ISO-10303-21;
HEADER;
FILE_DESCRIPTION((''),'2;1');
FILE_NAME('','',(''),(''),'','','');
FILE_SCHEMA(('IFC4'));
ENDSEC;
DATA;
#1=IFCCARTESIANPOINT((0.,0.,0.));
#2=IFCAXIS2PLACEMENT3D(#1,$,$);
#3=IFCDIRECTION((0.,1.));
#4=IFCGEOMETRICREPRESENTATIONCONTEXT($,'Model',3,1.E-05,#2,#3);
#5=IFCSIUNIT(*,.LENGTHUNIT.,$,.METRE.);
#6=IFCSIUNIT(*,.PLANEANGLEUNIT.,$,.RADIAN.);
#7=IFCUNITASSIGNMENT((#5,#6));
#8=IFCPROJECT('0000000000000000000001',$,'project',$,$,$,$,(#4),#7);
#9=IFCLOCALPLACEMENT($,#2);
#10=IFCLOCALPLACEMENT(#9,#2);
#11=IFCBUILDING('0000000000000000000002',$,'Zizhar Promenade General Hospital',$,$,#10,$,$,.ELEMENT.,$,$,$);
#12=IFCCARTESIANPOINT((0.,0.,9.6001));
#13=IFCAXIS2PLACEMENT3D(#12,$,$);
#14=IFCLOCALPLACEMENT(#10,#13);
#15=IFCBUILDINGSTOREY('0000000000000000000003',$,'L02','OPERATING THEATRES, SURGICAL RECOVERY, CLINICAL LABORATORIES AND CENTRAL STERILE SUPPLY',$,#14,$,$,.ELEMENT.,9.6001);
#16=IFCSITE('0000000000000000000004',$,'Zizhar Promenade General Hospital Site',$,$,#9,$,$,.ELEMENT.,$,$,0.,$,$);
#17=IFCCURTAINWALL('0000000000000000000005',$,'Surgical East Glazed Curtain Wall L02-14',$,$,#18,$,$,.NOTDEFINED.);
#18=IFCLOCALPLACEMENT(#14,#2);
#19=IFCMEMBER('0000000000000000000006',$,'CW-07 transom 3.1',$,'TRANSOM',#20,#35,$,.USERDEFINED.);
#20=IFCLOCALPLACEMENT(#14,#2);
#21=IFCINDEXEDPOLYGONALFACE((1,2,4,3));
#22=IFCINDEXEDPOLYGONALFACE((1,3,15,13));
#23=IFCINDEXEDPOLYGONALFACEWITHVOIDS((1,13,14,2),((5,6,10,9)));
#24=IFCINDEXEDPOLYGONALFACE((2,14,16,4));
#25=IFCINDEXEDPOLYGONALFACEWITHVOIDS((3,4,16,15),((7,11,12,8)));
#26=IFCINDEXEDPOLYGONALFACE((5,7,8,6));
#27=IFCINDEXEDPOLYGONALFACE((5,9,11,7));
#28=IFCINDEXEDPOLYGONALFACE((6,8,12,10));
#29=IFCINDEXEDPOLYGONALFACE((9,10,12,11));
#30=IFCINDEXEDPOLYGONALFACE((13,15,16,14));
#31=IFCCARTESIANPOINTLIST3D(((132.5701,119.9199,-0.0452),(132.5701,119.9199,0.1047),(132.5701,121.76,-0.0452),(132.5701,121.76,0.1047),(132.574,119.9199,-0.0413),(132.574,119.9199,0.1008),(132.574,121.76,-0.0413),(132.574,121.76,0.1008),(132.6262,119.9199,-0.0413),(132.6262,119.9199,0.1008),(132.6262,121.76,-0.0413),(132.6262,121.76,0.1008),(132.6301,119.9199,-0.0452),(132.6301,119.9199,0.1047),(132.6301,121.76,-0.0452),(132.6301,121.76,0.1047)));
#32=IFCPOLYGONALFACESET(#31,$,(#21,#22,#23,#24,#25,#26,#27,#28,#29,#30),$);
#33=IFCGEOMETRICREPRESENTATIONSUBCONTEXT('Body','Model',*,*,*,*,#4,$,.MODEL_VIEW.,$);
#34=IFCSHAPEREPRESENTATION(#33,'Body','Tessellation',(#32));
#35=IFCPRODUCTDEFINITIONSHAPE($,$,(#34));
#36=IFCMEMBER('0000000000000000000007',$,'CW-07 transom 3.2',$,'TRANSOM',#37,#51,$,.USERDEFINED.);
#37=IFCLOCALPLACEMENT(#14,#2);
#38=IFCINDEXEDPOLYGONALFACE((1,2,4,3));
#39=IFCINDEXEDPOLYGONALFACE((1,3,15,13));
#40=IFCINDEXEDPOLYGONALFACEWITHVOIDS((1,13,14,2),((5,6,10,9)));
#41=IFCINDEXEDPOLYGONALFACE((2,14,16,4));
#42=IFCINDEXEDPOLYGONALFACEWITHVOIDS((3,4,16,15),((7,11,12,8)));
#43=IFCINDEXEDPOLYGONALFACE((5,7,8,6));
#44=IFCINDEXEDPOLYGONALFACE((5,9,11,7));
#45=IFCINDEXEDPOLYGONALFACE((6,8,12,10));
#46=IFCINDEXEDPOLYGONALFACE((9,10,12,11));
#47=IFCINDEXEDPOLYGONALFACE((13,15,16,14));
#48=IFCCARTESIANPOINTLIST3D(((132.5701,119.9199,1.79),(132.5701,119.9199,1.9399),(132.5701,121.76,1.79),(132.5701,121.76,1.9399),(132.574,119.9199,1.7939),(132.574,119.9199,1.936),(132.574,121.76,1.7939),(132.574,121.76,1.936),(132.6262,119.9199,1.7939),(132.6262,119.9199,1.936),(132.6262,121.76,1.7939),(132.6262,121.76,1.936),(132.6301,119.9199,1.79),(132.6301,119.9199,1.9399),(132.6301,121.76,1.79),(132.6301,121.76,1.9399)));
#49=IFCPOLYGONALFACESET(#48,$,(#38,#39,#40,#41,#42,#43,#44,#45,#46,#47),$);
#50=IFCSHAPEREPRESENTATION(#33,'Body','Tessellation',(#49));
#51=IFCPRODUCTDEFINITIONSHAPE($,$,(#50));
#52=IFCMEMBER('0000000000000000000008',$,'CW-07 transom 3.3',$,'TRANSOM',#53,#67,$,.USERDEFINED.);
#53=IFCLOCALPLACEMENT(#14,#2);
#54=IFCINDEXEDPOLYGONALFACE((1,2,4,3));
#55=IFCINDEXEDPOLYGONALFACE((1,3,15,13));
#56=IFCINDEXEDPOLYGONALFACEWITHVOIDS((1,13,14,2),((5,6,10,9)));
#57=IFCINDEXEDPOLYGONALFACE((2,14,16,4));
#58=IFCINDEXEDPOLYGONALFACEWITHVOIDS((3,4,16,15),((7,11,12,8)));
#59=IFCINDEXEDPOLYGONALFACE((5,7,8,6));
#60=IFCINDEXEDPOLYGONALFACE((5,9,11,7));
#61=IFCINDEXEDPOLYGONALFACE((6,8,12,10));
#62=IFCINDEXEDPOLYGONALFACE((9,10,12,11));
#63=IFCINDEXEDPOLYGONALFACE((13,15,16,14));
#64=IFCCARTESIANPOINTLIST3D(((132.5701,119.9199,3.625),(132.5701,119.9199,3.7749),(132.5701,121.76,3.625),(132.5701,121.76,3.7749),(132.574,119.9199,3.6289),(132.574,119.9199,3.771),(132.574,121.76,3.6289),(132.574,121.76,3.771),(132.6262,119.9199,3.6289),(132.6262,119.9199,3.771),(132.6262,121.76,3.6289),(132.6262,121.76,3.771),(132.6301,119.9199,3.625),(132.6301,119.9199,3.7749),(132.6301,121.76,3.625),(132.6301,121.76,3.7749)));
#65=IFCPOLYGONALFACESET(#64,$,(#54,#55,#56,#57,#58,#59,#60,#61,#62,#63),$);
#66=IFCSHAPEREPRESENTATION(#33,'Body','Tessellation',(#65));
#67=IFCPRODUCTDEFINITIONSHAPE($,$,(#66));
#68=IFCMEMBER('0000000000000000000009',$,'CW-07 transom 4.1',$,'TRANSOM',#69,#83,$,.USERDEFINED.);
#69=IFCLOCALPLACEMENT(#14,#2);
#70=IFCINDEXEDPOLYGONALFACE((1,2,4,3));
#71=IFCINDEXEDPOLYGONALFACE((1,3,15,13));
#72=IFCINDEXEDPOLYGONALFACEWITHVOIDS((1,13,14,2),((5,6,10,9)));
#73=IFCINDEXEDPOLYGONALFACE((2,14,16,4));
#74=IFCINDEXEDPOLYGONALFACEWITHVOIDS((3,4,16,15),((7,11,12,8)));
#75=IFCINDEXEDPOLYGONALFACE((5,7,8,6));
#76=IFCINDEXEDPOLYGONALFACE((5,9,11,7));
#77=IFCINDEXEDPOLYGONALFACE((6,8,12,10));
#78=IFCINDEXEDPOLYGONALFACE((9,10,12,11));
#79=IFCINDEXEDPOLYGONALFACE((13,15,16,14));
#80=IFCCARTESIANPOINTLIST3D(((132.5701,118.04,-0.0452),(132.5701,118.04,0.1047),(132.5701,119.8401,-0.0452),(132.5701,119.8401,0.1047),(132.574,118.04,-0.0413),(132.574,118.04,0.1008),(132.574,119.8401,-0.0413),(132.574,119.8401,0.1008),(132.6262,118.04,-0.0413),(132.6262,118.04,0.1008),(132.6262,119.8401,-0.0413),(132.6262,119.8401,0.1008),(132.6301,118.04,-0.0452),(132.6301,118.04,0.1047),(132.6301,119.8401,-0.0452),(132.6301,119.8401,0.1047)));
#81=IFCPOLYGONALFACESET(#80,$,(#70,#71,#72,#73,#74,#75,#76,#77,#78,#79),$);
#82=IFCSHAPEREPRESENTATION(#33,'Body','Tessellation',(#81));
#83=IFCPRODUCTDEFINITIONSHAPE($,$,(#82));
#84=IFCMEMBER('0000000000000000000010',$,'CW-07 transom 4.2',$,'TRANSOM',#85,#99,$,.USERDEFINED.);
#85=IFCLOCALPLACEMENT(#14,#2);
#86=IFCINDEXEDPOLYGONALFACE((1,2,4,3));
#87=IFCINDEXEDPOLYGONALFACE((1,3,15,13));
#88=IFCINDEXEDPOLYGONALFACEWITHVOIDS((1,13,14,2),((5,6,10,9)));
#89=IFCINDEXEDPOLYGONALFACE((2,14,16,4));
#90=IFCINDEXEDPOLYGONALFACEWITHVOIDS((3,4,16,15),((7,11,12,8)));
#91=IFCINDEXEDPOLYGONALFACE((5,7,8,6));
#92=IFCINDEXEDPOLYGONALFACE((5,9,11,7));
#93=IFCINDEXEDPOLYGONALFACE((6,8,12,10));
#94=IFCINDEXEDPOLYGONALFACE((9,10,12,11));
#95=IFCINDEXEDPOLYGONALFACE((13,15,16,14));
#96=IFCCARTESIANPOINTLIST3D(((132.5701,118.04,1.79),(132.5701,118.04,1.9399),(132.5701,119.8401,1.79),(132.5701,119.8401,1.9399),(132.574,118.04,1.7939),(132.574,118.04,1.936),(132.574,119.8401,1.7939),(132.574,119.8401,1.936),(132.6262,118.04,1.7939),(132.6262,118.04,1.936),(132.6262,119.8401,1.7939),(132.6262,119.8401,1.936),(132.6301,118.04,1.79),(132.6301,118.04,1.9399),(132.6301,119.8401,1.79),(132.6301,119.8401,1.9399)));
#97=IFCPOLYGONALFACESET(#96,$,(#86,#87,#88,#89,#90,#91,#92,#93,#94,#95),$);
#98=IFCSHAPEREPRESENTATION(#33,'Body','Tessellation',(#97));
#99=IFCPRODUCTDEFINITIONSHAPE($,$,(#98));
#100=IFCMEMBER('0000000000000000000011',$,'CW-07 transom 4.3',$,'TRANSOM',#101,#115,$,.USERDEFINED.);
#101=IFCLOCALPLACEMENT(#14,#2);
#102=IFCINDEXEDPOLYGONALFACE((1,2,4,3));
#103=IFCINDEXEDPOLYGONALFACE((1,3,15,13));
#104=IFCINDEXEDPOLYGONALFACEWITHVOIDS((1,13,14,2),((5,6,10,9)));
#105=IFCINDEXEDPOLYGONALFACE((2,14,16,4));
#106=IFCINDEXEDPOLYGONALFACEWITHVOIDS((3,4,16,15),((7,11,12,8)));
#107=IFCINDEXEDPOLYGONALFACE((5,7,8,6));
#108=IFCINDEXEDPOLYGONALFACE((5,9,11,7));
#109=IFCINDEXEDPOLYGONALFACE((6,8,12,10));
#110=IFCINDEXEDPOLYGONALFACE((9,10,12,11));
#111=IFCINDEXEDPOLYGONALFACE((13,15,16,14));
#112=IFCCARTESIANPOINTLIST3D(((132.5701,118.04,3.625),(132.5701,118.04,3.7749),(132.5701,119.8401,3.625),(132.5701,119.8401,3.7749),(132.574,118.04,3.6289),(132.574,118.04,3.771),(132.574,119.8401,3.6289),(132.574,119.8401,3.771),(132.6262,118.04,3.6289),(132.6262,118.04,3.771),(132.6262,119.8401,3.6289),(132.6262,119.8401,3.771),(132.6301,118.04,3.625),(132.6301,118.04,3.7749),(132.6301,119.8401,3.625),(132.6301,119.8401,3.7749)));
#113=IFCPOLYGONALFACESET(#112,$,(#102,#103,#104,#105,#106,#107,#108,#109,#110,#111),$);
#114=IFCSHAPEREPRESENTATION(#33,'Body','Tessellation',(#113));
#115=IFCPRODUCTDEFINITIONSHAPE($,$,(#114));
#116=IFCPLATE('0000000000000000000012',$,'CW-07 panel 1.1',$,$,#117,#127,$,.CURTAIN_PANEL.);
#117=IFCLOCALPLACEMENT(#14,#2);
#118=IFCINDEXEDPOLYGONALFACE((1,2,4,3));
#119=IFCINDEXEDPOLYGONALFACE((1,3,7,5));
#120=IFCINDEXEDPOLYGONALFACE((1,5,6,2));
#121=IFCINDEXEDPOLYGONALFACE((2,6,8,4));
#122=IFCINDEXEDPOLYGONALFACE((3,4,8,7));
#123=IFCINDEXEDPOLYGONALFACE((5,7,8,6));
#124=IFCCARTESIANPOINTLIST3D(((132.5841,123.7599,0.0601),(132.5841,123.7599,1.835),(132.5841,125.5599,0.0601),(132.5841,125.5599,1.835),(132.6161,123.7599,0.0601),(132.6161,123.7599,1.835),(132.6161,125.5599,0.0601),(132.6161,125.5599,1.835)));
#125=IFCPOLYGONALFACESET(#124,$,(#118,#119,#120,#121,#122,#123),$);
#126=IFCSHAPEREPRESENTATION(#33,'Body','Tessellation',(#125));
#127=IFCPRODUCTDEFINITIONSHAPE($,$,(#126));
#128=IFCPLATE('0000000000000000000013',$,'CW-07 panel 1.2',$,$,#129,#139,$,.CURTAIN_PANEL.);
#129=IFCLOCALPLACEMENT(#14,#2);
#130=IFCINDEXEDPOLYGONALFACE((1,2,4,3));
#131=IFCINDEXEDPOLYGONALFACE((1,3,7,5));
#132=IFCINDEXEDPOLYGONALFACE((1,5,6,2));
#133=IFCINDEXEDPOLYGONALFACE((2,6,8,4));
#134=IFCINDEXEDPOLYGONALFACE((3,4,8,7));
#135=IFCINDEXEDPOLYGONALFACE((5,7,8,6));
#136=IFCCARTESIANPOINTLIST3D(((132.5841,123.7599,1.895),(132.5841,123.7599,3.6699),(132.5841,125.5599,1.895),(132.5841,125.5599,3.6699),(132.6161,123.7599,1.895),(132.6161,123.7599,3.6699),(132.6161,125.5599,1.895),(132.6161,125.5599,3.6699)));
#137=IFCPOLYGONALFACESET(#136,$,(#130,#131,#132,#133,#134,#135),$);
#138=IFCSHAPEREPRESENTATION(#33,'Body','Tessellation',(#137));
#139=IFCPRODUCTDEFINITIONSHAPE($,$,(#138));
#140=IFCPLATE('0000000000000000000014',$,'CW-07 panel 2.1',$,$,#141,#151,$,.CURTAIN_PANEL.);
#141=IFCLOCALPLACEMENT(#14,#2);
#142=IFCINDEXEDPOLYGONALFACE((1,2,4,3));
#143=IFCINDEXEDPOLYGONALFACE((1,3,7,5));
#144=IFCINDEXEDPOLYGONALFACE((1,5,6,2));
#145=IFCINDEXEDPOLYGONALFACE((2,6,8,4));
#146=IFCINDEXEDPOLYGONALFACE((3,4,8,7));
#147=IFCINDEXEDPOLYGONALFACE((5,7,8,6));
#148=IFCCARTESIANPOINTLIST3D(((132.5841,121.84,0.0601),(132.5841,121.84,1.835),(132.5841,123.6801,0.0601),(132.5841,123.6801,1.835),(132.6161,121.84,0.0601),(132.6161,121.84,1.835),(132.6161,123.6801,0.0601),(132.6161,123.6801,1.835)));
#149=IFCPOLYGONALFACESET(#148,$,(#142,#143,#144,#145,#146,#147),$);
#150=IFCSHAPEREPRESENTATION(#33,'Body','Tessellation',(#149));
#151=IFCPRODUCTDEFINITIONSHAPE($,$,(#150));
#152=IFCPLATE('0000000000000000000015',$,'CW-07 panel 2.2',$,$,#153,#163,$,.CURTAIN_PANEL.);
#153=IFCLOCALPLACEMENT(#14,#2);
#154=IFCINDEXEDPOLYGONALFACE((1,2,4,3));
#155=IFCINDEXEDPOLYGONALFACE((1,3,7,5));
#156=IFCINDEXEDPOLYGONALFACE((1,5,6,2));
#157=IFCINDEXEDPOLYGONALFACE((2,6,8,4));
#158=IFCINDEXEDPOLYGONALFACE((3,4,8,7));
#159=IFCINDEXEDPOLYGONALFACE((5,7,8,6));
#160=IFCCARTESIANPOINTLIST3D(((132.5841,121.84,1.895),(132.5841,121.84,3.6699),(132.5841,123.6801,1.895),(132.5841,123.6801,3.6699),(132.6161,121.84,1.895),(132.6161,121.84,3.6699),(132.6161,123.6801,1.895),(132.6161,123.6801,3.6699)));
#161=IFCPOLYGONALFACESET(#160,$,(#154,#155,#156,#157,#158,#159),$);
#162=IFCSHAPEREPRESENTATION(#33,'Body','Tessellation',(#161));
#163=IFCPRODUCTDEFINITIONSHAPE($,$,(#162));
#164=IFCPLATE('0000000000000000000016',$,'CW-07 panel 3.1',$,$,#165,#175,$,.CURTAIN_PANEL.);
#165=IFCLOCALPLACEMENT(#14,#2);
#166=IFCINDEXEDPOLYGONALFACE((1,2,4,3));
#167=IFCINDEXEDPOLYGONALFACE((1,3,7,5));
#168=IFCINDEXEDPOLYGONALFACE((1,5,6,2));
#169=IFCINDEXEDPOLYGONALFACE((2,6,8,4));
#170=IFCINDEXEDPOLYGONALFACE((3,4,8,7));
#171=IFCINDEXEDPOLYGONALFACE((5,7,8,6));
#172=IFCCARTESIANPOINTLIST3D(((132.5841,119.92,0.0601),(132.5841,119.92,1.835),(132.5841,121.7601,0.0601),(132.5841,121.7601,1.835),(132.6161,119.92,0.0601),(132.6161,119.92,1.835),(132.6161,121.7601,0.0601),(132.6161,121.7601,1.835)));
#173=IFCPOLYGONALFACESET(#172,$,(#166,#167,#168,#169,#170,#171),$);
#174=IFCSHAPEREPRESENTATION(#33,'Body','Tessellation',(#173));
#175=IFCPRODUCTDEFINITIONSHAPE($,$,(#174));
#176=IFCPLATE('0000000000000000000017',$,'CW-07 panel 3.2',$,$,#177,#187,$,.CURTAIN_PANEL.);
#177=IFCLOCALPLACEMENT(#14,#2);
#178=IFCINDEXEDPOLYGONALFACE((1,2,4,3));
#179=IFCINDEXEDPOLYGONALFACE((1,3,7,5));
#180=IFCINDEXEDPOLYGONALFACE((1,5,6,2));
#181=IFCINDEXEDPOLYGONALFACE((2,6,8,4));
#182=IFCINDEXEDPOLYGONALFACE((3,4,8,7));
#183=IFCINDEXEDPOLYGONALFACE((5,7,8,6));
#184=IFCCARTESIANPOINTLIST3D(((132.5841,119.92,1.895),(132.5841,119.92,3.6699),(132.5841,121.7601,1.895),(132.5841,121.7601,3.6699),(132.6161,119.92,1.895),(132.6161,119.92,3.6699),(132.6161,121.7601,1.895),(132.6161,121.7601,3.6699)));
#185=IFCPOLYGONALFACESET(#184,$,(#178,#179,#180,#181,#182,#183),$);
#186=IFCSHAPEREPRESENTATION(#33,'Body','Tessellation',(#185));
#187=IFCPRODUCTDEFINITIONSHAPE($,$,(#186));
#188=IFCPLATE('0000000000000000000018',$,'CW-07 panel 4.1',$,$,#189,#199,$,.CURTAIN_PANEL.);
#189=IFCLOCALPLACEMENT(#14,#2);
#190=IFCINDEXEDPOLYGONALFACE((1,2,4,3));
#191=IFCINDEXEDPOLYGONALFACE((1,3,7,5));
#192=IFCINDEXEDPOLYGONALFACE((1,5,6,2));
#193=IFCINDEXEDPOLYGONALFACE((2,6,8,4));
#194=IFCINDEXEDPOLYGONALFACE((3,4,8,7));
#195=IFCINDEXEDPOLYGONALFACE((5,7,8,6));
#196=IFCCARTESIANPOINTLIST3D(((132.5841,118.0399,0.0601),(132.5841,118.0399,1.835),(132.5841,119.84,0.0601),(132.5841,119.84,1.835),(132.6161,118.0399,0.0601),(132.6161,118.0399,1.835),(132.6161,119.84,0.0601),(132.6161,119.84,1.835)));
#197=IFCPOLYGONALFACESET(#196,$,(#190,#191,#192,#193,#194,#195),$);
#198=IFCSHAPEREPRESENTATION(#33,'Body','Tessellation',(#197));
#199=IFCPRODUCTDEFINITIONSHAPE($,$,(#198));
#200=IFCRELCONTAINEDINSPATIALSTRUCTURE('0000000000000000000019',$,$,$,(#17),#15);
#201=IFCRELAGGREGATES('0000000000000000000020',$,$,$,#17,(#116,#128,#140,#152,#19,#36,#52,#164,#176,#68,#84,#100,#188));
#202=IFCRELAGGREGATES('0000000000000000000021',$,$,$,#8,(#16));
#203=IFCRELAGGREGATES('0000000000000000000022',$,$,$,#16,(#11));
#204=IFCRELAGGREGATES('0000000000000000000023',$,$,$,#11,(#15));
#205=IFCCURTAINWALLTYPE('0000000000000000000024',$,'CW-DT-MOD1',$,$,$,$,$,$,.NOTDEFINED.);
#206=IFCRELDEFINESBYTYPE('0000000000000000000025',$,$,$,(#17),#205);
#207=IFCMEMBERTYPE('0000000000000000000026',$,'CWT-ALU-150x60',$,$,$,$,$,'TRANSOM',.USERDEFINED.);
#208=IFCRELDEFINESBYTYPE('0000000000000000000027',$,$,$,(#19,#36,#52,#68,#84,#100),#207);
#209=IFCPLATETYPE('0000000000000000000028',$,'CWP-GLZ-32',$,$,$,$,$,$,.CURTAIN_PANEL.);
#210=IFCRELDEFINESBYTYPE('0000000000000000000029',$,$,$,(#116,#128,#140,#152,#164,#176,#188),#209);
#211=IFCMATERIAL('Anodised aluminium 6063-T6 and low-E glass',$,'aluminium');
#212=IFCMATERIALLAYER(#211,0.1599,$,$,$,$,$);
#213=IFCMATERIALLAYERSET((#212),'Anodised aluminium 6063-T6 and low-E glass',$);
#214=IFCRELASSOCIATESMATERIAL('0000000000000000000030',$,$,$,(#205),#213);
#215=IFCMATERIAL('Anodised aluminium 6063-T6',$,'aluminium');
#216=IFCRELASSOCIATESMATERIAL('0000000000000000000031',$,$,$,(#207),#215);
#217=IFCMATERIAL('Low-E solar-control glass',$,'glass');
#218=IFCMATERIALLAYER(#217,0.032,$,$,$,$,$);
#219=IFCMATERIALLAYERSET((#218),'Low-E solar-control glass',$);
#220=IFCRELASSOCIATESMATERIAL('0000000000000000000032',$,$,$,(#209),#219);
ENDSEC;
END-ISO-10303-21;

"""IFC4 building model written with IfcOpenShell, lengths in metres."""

from ifc_helpers import new_model, si_unit, direction, frame, origin, origin_2d, place, context, subcontext, project, spatial, rectangle, hollow_rectangle, extrude, material, layer, layer_set, material_profile, profile_set, type_object, element, aggregate, save


model = new_model("IFC4")

# Units and contexts
model_context = context("Model", 3, precision=1e-05, world=origin(), true_north=direction((0.0, 1.0)))
body_context = subcontext(model_context, "Body", "Model", "MODEL_VIEW")
ifc_project = project(units=[si_unit("LENGTHUNIT", "METRE"), si_unit("PLANEANGLEUNIT", "RADIAN")], contexts=[model_context])

# Site, building, storey
site_placement = place(None, origin())
site = spatial("IfcSite", under=ifc_project, at=site_placement, Name="Zizhar Promenade General Hospital Site", CompositionType="ELEMENT", RefElevation=0.0)
building_placement = place(site_placement, origin())
building = spatial("IfcBuilding", under=site, at=building_placement, Name="Zizhar Promenade General Hospital", CompositionType="ELEMENT")
storey_placement = place(building_placement, frame((0.0, 0.0, 9.6001)))
storey = spatial("IfcBuildingStorey", under=building, at=storey_placement, Name="L02", Description="OPERATING THEATRES, SURGICAL RECOVERY, CLINICAL LABORATORIES AND CENTRAL STERILE SUPPLY", CompositionType="ELEMENT", Elevation=9.6001)

# Shared definitions
ifc_material_1 = material(Name="Anodised aluminium 6063-T6 and low-E glass", Category="aluminium")
ifc_layer_1 = layer(ifc_material_1, 0.1599)
ifc_layer_set_1 = layer_set([ifc_layer_1], Name="Anodised aluminium 6063-T6 and low-E glass")
curtain_wall_type = type_object("IfcCurtainWallType", Name="CW-DT-MOD1", PredefinedType="NOTDEFINED", material=ifc_layer_set_1)

# Curtain wall
curtain_wall_1_placement = place(storey_placement, origin())
curtain_wall_1 = element("IfcCurtainWall", 1, at=curtain_wall_1_placement, inside=storey, type_object=curtain_wall_type, Name="Surgical East Glazed Curtain Wall L02-14", PredefinedType="NOTDEFINED")

# Members
ifc_material_2 = material(Name="Anodised aluminium 6063-T6", Category="aluminium")
ifc_material_profile_1 = material_profile(ifc_material_2, hollow_rectangle(XDim=0.0601, YDim=0.1499, WallThickness=0.0039, at=origin_2d()))
ifc_profile_set_1 = profile_set([ifc_material_profile_1], Name="Anodised aluminium 6063-T6")
member_type_1 = type_object("IfcMemberType", Name="CWT-ALU-150x60", ElementType="TRANSOM", PredefinedType="USERDEFINED", material=ifc_profile_set_1)
member_1_placement = place(storey_placement, frame((132.6001, 121.76, 0.0298), z_axis=(0.0, -1.0, 0.0), x_axis=(1.0, 0.0, 0.0)))
member_1 = element("IfcMember", 2, at=member_1_placement, type_object=member_type_1, Name="CW-07 transom 3.1", ObjectType="TRANSOM", PredefinedType="USERDEFINED", context=body_context, shape_type="SweptSolid", body=[
    extrude(hollow_rectangle(XDim=0.0601, YDim=0.1499, WallThickness=0.0039, at=origin_2d()), origin(), (0.0, 0.0, 1.0), 1.8401),
])
member_2_placement = place(storey_placement, frame((132.6001, 121.76, 1.865), z_axis=(0.0, -1.0, 0.0), x_axis=(1.0, 0.0, 0.0)))
member_2 = element("IfcMember", 3, at=member_2_placement, type_object=member_type_1, Name="CW-07 transom 3.2", ObjectType="TRANSOM", PredefinedType="USERDEFINED", context=body_context, shape_type="SweptSolid", body=[
    extrude(hollow_rectangle(XDim=0.0601, YDim=0.1499, WallThickness=0.0039, at=origin_2d()), origin(), (0.0, 0.0, 1.0), 1.8401),
])
member_3_placement = place(storey_placement, frame((132.6001, 121.76, 3.7), z_axis=(0.0, -1.0, 0.0), x_axis=(1.0, 0.0, 0.0)))
member_3 = element("IfcMember", 4, at=member_3_placement, type_object=member_type_1, Name="CW-07 transom 3.3", ObjectType="TRANSOM", PredefinedType="USERDEFINED", context=body_context, shape_type="SweptSolid", body=[
    extrude(hollow_rectangle(XDim=0.0601, YDim=0.1499, WallThickness=0.0039, at=origin_2d()), origin(), (0.0, 0.0, 1.0), 1.8401),
])
member_4_placement = place(storey_placement, frame((132.6001, 119.8401, 0.0298), z_axis=(0.0, -1.0, 0.0), x_axis=(1.0, 0.0, 0.0)))
member_4 = element("IfcMember", 5, at=member_4_placement, type_object=member_type_1, Name="CW-07 transom 4.1", ObjectType="TRANSOM", PredefinedType="USERDEFINED", context=body_context, shape_type="SweptSolid", body=[
    extrude(hollow_rectangle(XDim=0.0601, YDim=0.1499, WallThickness=0.0039, at=origin_2d()), origin(), (0.0, 0.0, 1.0), 1.8),
])
member_5_placement = place(storey_placement, frame((132.6001, 119.8401, 1.865), z_axis=(0.0, -1.0, 0.0), x_axis=(1.0, 0.0, 0.0)))
member_5 = element("IfcMember", 6, at=member_5_placement, type_object=member_type_1, Name="CW-07 transom 4.2", ObjectType="TRANSOM", PredefinedType="USERDEFINED", context=body_context, shape_type="SweptSolid", body=[
    extrude(hollow_rectangle(XDim=0.0601, YDim=0.1499, WallThickness=0.0039, at=origin_2d()), origin(), (0.0, 0.0, 1.0), 1.8),
])
member_6_placement = place(storey_placement, frame((132.6001, 119.8401, 3.7), z_axis=(0.0, -1.0, 0.0), x_axis=(1.0, 0.0, 0.0)))
member_6 = element("IfcMember", 7, at=member_6_placement, type_object=member_type_1, Name="CW-07 transom 4.3", ObjectType="TRANSOM", PredefinedType="USERDEFINED", context=body_context, shape_type="SweptSolid", body=[
    extrude(hollow_rectangle(XDim=0.0601, YDim=0.1499, WallThickness=0.0039, at=origin_2d()), origin(), (0.0, 0.0, 1.0), 1.8),
])

# Plates
ifc_material_3 = material(Name="Low-E solar-control glass", Category="glass")
ifc_layer_2 = layer(ifc_material_3, 0.032)
ifc_layer_set_2 = layer_set([ifc_layer_2], Name="Low-E solar-control glass")
plate_type = type_object("IfcPlateType", Name="CWP-GLZ-32", PredefinedType="CURTAIN_PANEL", material=ifc_layer_set_2)
plate_1_placement = place(storey_placement, frame((132.6001, 124.6599, 0.0601), z_axis=(0.0, 0.0, 1.0), x_axis=(0.0, -1.0, 0.0)))
plate_1 = element("IfcPlate", 8, at=plate_1_placement, type_object=plate_type, Name="CW-07 panel 1.1", PredefinedType="CURTAIN_PANEL", context=body_context, shape_type="SweptSolid", body=[
    extrude(rectangle(XDim=1.8, YDim=0.032, at=origin_2d()), origin(), (0.0, 0.0, 1.0), 1.7749),
])
plate_2_placement = place(storey_placement, frame((132.6001, 124.6599, 1.895), z_axis=(0.0, 0.0, 1.0), x_axis=(0.0, -1.0, 0.0)))
plate_2 = element("IfcPlate", 9, at=plate_2_placement, type_object=plate_type, Name="CW-07 panel 1.2", PredefinedType="CURTAIN_PANEL", context=body_context, shape_type="SweptSolid", body=[
    extrude(rectangle(XDim=1.8, YDim=0.032, at=origin_2d()), origin(), (0.0, 0.0, 1.0), 1.7749),
])
plate_3_placement = place(storey_placement, frame((132.6001, 122.76, 0.0601), z_axis=(0.0, 0.0, 1.0), x_axis=(0.0, -1.0, 0.0)))
plate_3 = element("IfcPlate", 10, at=plate_3_placement, type_object=plate_type, Name="CW-07 panel 2.1", PredefinedType="CURTAIN_PANEL", context=body_context, shape_type="SweptSolid", body=[
    extrude(rectangle(XDim=1.8401, YDim=0.032, at=origin_2d()), origin(), (0.0, 0.0, 1.0), 1.7749),
])
plate_4_placement = place(storey_placement, frame((132.6001, 122.76, 1.895), z_axis=(0.0, 0.0, 1.0), x_axis=(0.0, -1.0, 0.0)))
plate_4 = element("IfcPlate", 11, at=plate_4_placement, type_object=plate_type, Name="CW-07 panel 2.2", PredefinedType="CURTAIN_PANEL", context=body_context, shape_type="SweptSolid", body=[
    extrude(rectangle(XDim=1.8401, YDim=0.032, at=origin_2d()), origin(), (0.0, 0.0, 1.0), 1.7749),
])
plate_5_placement = place(storey_placement, frame((132.6001, 120.8401, 0.0601), z_axis=(0.0, 0.0, 1.0), x_axis=(0.0, -1.0, 0.0)))
plate_5 = element("IfcPlate", 12, at=plate_5_placement, type_object=plate_type, Name="CW-07 panel 3.1", PredefinedType="CURTAIN_PANEL", context=body_context, shape_type="SweptSolid", body=[
    extrude(rectangle(XDim=1.8401, YDim=0.032, at=origin_2d()), origin(), (0.0, 0.0, 1.0), 1.7749),
])
plate_6_placement = place(storey_placement, frame((132.6001, 120.8401, 1.895), z_axis=(0.0, 0.0, 1.0), x_axis=(0.0, -1.0, 0.0)))
plate_6 = element("IfcPlate", 13, at=plate_6_placement, type_object=plate_type, Name="CW-07 panel 3.2", PredefinedType="CURTAIN_PANEL", context=body_context, shape_type="SweptSolid", body=[
    extrude(rectangle(XDim=1.8401, YDim=0.032, at=origin_2d()), origin(), (0.0, 0.0, 1.0), 1.7749),
])
plate_7_placement = place(storey_placement, frame((132.6001, 118.9399, 0.0601), z_axis=(0.0, 0.0, 1.0), x_axis=(0.0, -1.0, 0.0)))
plate_7 = element("IfcPlate", 14, at=plate_7_placement, type_object=plate_type, Name="CW-07 panel 4.1", PredefinedType="CURTAIN_PANEL", context=body_context, shape_type="SweptSolid", body=[
    extrude(rectangle(XDim=1.8, YDim=0.032, at=origin_2d()), origin(), (0.0, 0.0, 1.0), 1.7749),
])
aggregate(curtain_wall_1, [plate_1, plate_2, plate_3, plate_4, member_1, member_2, member_3, plate_5, plate_6, member_4, member_5, member_6, plate_7])

save(model, "model.ifc")
